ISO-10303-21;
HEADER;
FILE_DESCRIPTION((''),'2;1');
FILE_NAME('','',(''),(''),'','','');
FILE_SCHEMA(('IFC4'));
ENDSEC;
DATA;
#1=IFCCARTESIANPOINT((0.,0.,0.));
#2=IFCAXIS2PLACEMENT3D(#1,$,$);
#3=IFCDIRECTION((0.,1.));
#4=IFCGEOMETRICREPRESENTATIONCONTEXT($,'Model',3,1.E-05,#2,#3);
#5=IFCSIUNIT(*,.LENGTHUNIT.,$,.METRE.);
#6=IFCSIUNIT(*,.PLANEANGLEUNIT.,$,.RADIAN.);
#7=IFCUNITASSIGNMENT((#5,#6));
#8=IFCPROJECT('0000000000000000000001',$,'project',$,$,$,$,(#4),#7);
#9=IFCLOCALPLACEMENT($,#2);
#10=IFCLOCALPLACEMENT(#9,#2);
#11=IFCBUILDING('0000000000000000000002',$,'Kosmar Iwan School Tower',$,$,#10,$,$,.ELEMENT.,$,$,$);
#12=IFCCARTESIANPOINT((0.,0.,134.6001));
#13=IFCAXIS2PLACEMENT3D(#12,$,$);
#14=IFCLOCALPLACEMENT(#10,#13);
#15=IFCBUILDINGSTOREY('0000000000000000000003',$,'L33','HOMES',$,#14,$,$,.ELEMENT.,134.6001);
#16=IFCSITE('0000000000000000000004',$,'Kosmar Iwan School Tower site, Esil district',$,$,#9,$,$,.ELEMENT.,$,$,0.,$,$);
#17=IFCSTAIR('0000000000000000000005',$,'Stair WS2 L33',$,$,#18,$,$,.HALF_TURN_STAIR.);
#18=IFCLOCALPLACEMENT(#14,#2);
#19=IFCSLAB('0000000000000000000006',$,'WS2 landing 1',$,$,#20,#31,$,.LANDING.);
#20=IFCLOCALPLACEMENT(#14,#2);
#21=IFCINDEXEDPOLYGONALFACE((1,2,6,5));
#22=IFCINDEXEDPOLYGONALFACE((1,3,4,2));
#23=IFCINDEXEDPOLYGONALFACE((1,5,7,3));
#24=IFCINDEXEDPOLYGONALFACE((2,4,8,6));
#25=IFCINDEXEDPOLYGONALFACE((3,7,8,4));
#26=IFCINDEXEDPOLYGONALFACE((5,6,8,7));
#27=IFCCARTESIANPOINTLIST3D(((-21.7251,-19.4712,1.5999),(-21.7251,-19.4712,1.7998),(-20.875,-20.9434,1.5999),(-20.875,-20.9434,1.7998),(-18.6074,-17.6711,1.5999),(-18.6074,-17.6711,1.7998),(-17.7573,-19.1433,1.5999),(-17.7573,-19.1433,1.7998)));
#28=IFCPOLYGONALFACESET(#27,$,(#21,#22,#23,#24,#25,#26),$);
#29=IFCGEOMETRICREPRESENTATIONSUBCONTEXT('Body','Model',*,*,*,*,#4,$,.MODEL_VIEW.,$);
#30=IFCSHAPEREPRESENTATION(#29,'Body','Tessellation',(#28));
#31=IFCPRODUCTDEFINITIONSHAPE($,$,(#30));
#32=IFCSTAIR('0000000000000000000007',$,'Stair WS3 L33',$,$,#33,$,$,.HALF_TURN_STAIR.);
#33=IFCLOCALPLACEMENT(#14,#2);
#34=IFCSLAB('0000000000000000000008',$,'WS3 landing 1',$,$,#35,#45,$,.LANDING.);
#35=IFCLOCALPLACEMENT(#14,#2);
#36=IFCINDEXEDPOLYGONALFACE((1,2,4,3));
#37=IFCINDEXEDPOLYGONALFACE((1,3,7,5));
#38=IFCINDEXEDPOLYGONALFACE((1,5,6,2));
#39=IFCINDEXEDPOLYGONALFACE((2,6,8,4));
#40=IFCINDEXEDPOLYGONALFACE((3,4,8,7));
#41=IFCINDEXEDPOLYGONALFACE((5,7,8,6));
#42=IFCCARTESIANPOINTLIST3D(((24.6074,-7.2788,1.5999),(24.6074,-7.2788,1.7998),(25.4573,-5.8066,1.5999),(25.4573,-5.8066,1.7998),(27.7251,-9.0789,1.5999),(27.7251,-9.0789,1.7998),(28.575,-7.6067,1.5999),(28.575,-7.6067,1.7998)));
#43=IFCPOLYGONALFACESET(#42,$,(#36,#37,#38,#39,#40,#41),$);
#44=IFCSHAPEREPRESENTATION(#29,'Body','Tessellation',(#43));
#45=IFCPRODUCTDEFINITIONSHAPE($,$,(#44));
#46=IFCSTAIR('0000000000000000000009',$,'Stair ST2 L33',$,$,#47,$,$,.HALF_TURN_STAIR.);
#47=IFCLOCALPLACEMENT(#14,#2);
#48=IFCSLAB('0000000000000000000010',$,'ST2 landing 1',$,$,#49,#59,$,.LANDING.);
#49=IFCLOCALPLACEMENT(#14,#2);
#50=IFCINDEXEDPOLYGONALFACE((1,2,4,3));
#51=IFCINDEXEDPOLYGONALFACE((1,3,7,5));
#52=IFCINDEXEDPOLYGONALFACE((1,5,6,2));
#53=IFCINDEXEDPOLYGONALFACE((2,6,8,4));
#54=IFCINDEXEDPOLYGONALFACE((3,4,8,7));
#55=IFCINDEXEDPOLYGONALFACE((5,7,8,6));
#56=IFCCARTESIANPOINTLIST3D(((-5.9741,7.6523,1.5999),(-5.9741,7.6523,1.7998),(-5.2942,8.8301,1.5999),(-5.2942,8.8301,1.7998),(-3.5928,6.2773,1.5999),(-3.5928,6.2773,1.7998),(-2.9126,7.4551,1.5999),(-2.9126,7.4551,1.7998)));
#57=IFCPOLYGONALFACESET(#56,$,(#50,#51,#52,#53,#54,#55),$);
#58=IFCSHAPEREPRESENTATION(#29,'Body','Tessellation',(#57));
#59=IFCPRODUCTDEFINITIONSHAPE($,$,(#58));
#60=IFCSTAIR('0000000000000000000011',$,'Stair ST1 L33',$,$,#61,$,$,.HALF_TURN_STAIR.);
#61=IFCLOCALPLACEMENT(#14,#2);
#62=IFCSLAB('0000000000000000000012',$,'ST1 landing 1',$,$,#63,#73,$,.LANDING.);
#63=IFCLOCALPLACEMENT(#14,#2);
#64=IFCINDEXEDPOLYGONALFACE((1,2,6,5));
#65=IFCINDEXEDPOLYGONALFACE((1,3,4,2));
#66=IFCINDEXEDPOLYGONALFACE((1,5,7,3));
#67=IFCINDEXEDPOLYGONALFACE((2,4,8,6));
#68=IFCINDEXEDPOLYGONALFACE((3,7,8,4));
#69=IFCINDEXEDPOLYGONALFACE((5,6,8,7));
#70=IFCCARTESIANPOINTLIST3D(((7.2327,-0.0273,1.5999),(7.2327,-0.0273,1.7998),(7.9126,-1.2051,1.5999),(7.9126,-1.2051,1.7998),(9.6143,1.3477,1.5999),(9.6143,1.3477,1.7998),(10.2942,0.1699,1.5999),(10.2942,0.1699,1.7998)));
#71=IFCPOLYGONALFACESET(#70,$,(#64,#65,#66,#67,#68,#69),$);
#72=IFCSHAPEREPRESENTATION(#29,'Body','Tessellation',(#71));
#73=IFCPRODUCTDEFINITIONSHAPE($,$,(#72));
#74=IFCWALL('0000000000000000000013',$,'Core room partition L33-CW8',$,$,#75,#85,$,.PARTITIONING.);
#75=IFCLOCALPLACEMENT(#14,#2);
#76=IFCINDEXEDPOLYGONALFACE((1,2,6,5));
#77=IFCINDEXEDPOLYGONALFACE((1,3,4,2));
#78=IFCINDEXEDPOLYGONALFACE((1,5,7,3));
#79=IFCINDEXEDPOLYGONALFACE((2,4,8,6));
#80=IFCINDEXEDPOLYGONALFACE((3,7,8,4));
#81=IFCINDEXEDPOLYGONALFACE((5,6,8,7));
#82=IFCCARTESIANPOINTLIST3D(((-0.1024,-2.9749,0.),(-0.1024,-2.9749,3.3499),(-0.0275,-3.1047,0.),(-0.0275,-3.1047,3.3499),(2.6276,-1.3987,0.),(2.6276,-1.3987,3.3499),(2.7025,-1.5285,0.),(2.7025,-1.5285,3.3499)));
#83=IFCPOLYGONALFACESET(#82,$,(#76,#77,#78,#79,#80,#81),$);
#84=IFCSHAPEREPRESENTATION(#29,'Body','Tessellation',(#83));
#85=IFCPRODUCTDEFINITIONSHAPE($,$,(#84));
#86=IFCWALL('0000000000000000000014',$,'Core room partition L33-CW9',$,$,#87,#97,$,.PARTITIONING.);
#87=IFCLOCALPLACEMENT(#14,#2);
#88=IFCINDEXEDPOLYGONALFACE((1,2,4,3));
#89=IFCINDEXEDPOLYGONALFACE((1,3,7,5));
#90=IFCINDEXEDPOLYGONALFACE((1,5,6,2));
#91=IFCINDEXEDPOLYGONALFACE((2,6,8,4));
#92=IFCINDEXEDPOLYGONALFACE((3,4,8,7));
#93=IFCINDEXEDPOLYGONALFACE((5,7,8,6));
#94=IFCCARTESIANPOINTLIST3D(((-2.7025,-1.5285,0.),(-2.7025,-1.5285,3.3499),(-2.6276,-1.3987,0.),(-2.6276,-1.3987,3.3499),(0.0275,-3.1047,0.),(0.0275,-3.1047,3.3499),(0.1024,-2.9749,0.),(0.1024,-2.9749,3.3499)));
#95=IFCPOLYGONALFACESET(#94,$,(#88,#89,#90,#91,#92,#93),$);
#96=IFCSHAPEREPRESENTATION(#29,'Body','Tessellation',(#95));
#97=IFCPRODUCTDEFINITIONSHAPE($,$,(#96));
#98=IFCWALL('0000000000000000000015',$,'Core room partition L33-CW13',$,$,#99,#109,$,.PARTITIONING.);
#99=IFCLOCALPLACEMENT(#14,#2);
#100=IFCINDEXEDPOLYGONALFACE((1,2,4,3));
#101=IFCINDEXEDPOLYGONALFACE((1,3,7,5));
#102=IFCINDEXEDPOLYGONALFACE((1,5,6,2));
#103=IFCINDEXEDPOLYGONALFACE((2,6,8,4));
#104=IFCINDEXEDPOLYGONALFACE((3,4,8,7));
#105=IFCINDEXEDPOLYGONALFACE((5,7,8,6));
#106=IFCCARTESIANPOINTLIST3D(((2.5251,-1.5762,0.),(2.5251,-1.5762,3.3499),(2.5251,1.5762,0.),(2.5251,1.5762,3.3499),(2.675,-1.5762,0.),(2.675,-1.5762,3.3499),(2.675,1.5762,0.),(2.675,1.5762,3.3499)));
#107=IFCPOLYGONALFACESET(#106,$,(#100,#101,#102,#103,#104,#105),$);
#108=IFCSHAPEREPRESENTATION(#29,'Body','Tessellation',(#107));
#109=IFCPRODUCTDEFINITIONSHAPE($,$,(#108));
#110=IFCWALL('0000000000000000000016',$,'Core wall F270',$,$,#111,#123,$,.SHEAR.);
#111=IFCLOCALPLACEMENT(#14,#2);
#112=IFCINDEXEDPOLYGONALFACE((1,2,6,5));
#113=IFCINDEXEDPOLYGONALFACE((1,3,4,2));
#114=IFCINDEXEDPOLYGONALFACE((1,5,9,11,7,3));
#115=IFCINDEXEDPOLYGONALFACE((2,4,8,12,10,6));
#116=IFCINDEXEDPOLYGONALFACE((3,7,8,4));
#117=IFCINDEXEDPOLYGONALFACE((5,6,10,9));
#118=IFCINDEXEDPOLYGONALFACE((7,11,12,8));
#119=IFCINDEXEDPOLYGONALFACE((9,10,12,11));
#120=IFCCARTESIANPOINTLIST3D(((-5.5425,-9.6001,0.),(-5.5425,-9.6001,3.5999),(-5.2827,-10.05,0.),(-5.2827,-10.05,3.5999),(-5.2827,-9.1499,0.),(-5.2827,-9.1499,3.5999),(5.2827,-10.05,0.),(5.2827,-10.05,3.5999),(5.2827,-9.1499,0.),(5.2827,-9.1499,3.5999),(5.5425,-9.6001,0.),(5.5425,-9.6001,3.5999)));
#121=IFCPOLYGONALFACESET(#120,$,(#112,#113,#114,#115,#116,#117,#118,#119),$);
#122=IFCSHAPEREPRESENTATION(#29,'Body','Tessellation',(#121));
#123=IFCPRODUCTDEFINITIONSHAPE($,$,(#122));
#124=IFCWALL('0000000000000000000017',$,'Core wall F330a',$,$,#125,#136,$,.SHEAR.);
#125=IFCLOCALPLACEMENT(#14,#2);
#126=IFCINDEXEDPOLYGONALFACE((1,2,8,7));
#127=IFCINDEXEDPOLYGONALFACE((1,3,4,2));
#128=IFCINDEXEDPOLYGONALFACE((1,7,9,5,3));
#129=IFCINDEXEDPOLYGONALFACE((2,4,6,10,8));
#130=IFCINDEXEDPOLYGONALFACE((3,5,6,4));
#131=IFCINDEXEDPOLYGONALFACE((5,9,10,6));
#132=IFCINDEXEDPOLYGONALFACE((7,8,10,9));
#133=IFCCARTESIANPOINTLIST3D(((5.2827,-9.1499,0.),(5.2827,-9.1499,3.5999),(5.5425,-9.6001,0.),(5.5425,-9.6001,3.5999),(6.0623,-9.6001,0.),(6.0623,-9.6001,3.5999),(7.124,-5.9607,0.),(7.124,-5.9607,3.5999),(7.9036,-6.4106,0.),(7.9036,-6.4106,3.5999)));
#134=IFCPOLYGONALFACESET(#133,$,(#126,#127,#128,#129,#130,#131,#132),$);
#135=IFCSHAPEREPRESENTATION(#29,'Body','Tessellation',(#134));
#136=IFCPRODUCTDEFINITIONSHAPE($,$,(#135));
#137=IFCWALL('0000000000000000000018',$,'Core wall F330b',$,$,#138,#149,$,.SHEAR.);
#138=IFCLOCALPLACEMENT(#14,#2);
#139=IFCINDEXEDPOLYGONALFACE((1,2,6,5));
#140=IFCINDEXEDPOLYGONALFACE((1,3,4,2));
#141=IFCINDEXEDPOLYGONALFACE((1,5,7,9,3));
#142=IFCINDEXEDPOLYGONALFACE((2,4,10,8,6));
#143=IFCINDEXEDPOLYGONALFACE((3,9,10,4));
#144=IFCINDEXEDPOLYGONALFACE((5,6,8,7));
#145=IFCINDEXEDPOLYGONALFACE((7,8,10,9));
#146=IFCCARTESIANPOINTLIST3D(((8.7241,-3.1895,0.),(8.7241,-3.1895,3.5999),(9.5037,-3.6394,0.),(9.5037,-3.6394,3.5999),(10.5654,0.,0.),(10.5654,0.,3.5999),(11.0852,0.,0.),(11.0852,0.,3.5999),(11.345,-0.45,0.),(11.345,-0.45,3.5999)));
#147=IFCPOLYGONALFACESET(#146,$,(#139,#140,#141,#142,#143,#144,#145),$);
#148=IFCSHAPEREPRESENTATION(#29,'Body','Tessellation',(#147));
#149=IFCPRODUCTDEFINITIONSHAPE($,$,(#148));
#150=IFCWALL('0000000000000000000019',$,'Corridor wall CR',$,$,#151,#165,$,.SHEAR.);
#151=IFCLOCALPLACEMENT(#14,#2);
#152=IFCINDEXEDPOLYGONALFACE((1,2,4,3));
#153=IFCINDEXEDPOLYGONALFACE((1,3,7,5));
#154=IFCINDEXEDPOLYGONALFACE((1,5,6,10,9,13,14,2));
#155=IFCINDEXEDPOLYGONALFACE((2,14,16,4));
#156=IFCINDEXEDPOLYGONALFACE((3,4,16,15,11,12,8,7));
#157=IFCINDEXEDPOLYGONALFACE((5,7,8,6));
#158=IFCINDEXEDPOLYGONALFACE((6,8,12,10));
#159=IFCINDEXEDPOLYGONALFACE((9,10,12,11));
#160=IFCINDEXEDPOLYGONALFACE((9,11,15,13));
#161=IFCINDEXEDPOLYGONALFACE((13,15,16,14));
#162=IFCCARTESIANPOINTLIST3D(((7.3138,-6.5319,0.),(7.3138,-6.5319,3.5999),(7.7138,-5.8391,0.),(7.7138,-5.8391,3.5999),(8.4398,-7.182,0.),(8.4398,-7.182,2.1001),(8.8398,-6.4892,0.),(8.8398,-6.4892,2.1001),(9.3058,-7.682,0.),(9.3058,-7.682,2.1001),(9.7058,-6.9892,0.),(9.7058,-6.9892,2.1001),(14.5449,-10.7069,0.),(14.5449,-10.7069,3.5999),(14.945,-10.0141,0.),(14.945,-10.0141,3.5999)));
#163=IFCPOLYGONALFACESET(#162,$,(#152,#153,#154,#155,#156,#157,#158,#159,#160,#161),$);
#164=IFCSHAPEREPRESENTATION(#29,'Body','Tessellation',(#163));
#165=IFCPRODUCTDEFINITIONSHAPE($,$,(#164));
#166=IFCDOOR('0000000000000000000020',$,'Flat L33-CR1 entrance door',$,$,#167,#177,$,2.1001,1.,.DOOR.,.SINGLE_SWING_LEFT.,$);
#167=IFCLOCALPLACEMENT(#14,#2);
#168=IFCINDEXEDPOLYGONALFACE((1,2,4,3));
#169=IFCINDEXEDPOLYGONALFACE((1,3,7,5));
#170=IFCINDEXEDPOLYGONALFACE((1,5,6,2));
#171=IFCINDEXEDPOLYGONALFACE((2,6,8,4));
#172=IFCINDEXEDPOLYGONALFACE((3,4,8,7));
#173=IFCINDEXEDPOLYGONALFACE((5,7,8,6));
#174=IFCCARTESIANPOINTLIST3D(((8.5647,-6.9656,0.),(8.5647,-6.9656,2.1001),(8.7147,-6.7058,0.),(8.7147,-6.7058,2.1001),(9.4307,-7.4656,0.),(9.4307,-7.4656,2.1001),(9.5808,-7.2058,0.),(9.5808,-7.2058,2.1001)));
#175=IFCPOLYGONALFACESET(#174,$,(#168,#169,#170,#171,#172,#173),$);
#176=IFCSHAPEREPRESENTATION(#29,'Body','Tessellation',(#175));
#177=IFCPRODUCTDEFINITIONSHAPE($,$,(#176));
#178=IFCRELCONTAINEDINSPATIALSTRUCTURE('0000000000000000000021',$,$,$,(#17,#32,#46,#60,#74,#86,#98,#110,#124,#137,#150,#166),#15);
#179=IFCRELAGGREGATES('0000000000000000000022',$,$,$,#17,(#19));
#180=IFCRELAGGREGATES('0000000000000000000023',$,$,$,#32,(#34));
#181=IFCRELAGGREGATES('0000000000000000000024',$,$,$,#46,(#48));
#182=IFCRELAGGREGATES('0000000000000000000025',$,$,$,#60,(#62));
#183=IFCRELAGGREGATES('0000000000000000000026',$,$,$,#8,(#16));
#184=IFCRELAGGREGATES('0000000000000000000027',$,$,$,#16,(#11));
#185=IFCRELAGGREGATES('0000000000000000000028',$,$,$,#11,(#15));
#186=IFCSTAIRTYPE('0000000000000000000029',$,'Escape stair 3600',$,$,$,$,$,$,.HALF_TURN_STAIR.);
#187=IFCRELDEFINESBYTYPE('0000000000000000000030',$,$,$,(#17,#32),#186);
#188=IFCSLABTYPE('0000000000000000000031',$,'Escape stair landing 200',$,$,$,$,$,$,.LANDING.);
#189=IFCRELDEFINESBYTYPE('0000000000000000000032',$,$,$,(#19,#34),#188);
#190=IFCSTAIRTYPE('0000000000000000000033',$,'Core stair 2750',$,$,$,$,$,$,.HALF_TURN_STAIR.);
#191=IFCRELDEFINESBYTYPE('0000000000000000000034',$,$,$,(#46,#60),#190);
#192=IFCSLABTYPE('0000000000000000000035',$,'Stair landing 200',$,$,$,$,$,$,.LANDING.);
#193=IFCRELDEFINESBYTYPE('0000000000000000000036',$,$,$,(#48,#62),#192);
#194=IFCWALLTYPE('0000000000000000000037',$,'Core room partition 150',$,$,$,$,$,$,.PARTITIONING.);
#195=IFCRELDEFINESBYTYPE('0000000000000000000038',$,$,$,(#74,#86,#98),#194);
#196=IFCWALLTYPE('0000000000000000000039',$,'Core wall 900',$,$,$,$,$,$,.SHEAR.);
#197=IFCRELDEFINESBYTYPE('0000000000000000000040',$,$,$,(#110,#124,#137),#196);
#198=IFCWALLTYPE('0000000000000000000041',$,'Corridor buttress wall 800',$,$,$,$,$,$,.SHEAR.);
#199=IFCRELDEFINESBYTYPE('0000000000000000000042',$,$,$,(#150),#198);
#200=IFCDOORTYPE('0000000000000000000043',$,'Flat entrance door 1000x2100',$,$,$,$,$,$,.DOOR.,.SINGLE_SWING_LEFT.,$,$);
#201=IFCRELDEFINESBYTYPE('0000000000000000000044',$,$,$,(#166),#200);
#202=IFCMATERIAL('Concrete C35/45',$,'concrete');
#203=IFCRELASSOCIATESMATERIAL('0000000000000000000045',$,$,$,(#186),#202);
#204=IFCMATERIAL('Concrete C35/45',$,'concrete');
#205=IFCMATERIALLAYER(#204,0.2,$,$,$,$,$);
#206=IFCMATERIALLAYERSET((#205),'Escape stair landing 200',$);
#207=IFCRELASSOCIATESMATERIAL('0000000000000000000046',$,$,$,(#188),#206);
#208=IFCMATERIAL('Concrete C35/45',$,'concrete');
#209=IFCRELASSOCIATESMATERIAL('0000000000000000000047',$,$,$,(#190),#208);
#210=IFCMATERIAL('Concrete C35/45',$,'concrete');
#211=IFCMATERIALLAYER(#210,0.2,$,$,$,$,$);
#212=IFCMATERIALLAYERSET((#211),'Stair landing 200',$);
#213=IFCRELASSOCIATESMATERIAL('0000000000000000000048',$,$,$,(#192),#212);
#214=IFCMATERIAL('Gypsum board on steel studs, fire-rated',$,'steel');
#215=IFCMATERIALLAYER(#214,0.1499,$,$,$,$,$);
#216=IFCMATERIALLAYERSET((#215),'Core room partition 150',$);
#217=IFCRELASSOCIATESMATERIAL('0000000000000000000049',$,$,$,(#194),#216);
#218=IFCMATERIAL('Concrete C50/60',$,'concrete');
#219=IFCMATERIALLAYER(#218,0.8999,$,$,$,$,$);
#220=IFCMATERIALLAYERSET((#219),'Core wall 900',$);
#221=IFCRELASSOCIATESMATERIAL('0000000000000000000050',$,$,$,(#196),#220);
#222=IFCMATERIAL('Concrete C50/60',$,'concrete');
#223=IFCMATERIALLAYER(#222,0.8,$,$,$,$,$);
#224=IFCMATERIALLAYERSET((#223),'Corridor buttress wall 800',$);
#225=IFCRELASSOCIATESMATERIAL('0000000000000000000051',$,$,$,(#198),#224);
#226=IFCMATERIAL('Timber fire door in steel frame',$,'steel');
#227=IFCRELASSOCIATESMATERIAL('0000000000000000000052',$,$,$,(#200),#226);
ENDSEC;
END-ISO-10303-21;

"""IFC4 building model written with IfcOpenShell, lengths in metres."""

from ifc_helpers import new_model, si_unit, direction, frame, frame_2d, origin, place, context, subcontext, project, spatial, polyline, rectangle, outline, extrude, material, layer, layer_set, type_object, element, fill, aggregate, save


model = new_model("IFC4")

# Units and contexts
model_context = context("Model", 3, precision=1e-05, world=origin(), true_north=direction((0.0, 1.0)))
body_context = subcontext(model_context, "Body", "Model", "MODEL_VIEW")
ifc_project = project(units=[si_unit("LENGTHUNIT", "METRE"), si_unit("PLANEANGLEUNIT", "RADIAN")], contexts=[model_context])

# Site, building, storey
site_placement = place(None, origin())
site = spatial("IfcSite", under=ifc_project, at=site_placement, Name="Kosmar Iwan School Tower site, Esil district", CompositionType="ELEMENT", RefElevation=0.0)
building_placement = place(site_placement, origin())
building = spatial("IfcBuilding", under=site, at=building_placement, Name="Kosmar Iwan School Tower", CompositionType="ELEMENT")
storey_placement = place(building_placement, frame((0.0, 0.0, 134.6001)))
storey = spatial("IfcBuildingStorey", under=building, at=storey_placement, Name="L33", Description="HOMES", CompositionType="ELEMENT", Elevation=134.6001)

# Stairs, slabs
ifc_material_1 = material(Name="Concrete C35/45", Category="concrete")
stair_type_1 = type_object("IfcStairType", Name="Escape stair 3600", PredefinedType="HALF_TURN_STAIR", material=ifc_material_1)
stair_1_placement = place(storey_placement, origin())
stair_1 = element("IfcStair", 1, at=stair_1_placement, inside=storey, type_object=stair_type_1, Name="Stair WS2 L33", PredefinedType="HALF_TURN_STAIR")
ifc_material_2 = material(Name="Concrete C35/45", Category="concrete")
ifc_layer_1 = layer(ifc_material_2, 0.2)
ifc_layer_set_1 = layer_set([ifc_layer_1], Name="Escape stair landing 200")
slab_type_1 = type_object("IfcSlabType", Name="Escape stair landing 200", PredefinedType="LANDING", material=ifc_layer_set_1)
slab_1_placement = place(storey_placement, frame((0.0, 0.0, 1.5999)))
slab_1 = element("IfcSlab", 2, at=slab_1_placement, type_object=slab_type_1, Name="WS2 landing 1", PredefinedType="LANDING", context=body_context, shape_type="SweptSolid", body=[
    extrude(outline(polyline([(-18.6074, -17.6711), (-21.7251, -19.4712), (-20.875, -20.9434), (-17.7573, -19.1433), (-18.6074, -17.6711)])), origin(), (0.0, 0.0, 1.0), 0.2),
])
aggregate(stair_1, [slab_1])
stair_2_placement = place(storey_placement, origin())
stair_2 = element("IfcStair", 3, at=stair_2_placement, inside=storey, type_object=stair_type_1, Name="Stair WS3 L33", PredefinedType="HALF_TURN_STAIR")
slab_2_placement = place(storey_placement, frame((0.0, 0.0, 1.5999)))
slab_2 = element("IfcSlab", 4, at=slab_2_placement, type_object=slab_type_1, Name="WS3 landing 1", PredefinedType="LANDING", context=body_context, shape_type="SweptSolid", body=[
    extrude(outline(polyline([(24.6074, -7.2788), (27.7251, -9.0789), (28.575, -7.6067), (25.4573, -5.8066), (24.6074, -7.2788)])), origin(), (0.0, 0.0, 1.0), 0.2),
])
aggregate(stair_2, [slab_2])
ifc_material_3 = material(Name="Concrete C35/45", Category="concrete")
stair_type_2 = type_object("IfcStairType", Name="Core stair 2750", PredefinedType="HALF_TURN_STAIR", material=ifc_material_3)
stair_3_placement = place(storey_placement, origin())
stair_3 = element("IfcStair", 5, at=stair_3_placement, inside=storey, type_object=stair_type_2, Name="Stair ST2 L33", PredefinedType="HALF_TURN_STAIR")
ifc_material_4 = material(Name="Concrete C35/45", Category="concrete")
ifc_layer_2 = layer(ifc_material_4, 0.2)
ifc_layer_set_2 = layer_set([ifc_layer_2], Name="Stair landing 200")
slab_type_2 = type_object("IfcSlabType", Name="Stair landing 200", PredefinedType="LANDING", material=ifc_layer_set_2)
slab_3_placement = place(storey_placement, frame((0.0, 0.0, 1.5999)))
slab_3 = element("IfcSlab", 6, at=slab_3_placement, type_object=slab_type_2, Name="ST2 landing 1", PredefinedType="LANDING", context=body_context, shape_type="SweptSolid", body=[
    extrude(outline(polyline([(-2.9126, 7.4551), (-5.2942, 8.8301), (-5.9741, 7.6523), (-3.5928, 6.2773), (-2.9126, 7.4551)])), origin(), (0.0, 0.0, 1.0), 0.2),
])
aggregate(stair_3, [slab_3])
stair_4_placement = place(storey_placement, origin())
stair_4 = element("IfcStair", 7, at=stair_4_placement, inside=storey, type_object=stair_type_2, Name="Stair ST1 L33", PredefinedType="HALF_TURN_STAIR")
slab_4_placement = place(storey_placement, frame((0.0, 0.0, 1.5999)))
slab_4 = element("IfcSlab", 8, at=slab_4_placement, type_object=slab_type_2, Name="ST1 landing 1", PredefinedType="LANDING", context=body_context, shape_type="SweptSolid", body=[
    extrude(outline(polyline([(7.9126, -1.2051), (10.2942, 0.1699), (9.6143, 1.3477), (7.2327, -0.0273), (7.9126, -1.2051)])), origin(), (0.0, 0.0, 1.0), 0.2),
])

# Walls
ifc_material_5 = material(Name="Gypsum board on steel studs, fire-rated", Category="steel")
ifc_layer_3 = layer(ifc_material_5, 0.1499)
ifc_layer_set_3 = layer_set([ifc_layer_3], Name="Core room partition 150")
wall_type_1 = type_object("IfcWallType", Name="Core room partition 150", PredefinedType="PARTITIONING", material=ifc_layer_set_3)
for number, where, z_axis, x_axis, name in (
    (9, (2.665, -1.4636, 0.0), (0.0, 0.0, 1.0), (-0.866023, -0.500004, 0.0), "Core room partition L33-CW8"),
    (10, (0.0649, -3.0398, 0.0), (0.0, 0.0, 1.0), (-0.866023, 0.500004, 0.0), "Core room partition L33-CW9"),
    (11, (2.6001, 1.5762, 0.0), (0.0, 0.0, 1.0), (0.0, -1.0, 0.0), "Core room partition L33-CW13"),
):
    element("IfcWall", number, at=place(storey_placement, frame(where, z_axis=z_axis, x_axis=x_axis)), inside=storey, type_object=wall_type_1, Name=name, PredefinedType="PARTITIONING", context=body_context, shape_type="SweptSolid", body=[
        extrude(rectangle(XDim=3.1523, YDim=0.1499, at=frame_2d((1.5762, 0.0))), origin(), (0.0, 0.0, 1.0), 3.3499),
    ])
ifc_material_6 = material(Name="Concrete C50/60", Category="concrete")
ifc_layer_4 = layer(ifc_material_6, 0.8999)
ifc_layer_set_4 = layer_set([ifc_layer_4], Name="Core wall 900")
wall_type_2 = type_object("IfcWallType", Name="Core wall 900", PredefinedType="SHEAR", material=ifc_layer_set_4)
wall_1_placement = place(storey_placement, origin())
element("IfcWall", 12, at=wall_1_placement, inside=storey, type_object=wall_type_2, Name="Core wall F270", PredefinedType="SHEAR", context=body_context, shape_type="SweptSolid", body=[
    extrude(outline(polyline([(-5.2827, -10.05), (5.2827, -10.05), (5.5425, -9.6001), (5.2827, -9.1499), (-5.2827, -9.1499), (-5.5425, -9.6001), (-5.2827, -10.05)])), origin(), (0.0, 0.0, 1.0), 3.5999),
])
wall_2_placement = place(storey_placement, origin())
element("IfcWall", 13, at=wall_2_placement, inside=storey, type_object=wall_type_2, Name="Core wall F330a", PredefinedType="SHEAR", context=body_context, shape_type="SweptSolid", body=[
    extrude(outline(polyline([(5.5425, -9.6001), (6.0623, -9.6001), (7.9036, -6.4106), (7.124, -5.9607), (5.2827, -9.1499), (5.5425, -9.6001)])), origin(), (0.0, 0.0, 1.0), 3.5999),
])
wall_3_placement = place(storey_placement, origin())
element("IfcWall", 14, at=wall_3_placement, inside=storey, type_object=wall_type_2, Name="Core wall F330b", PredefinedType="SHEAR", context=body_context, shape_type="SweptSolid", body=[
    extrude(outline(polyline([(9.5037, -3.6394), (11.345, -0.45), (11.0852, 0.0), (10.5654, 0.0), (8.7241, -3.1895), (9.5037, -3.6394)])), origin(), (0.0, 0.0, 1.0), 3.5999),
])

# Wall, opening, door
ifc_material_7 = material(Name="Concrete C50/60", Category="concrete")
ifc_layer_5 = layer(ifc_material_7, 0.8)
ifc_layer_set_5 = layer_set([ifc_layer_5], Name="Corridor buttress wall 800")
wall_type_3 = type_object("IfcWallType", Name="Corridor buttress wall 800", PredefinedType="SHEAR", material=ifc_layer_set_5)
wall_4_placement = place(storey_placement, frame((7.5139, -6.1855, 0.0), z_axis=(0.0, 0.0, 1.0), x_axis=(0.86602, -0.50001, 0.0)))
wall_4 = element("IfcWall", 15, at=wall_4_placement, inside=storey, type_object=wall_type_3, Name="Corridor wall CR", PredefinedType="SHEAR", context=body_context, shape_type="SweptSolid", body=[
    extrude(rectangle(XDim=8.3499, YDim=0.8, at=frame_2d((4.1748, 0.0))), origin(), (0.0, 0.0, 1.0), 3.5999),
])
opening_1_placement = place(wall_4_placement, frame((1.3, 0.0, 0.0)))
opening_1 = element("IfcOpeningElement", 16, at=opening_1_placement, cuts=wall_4, PredefinedType="OPENING", context=body_context, shape_type="SweptSolid", body=[
    extrude(rectangle(XDim=1.0, YDim=2.1001, at=frame_2d((0.5, 1.05))), frame((0.0, 0.4121, 0.0), z_axis=(0.0, -1.0, 0.0), x_axis=(1.0, 0.0, 0.0)), (0.0, 0.0, 1.0), 0.824),
])
ifc_material_8 = material(Name="Timber fire door in steel frame", Category="steel")
door_type_1 = type_object("IfcDoorType", Name="Flat entrance door 1000x2100", OperationType="SINGLE_SWING_LEFT", PredefinedType="DOOR", material=ifc_material_8)
door_1_placement = place(opening_1_placement, origin())
door_1 = element("IfcDoor", 17, at=door_1_placement, inside=storey, type_object=door_type_1, Name="Flat L33-CR1 entrance door", OperationType="SINGLE_SWING_LEFT", OverallHeight=2.1001, OverallWidth=1.0, PredefinedType="DOOR", context=body_context, shape_type="SweptSolid", body=[
    extrude(rectangle(XDim=1.0, YDim=2.1001, at=frame_2d((0.5, 1.05))), frame((0.0, 0.1499, 0.0), z_axis=(0.0, -1.0, 0.0), x_axis=(1.0, 0.0, 0.0)), (0.0, 0.0, 1.0), 0.3),
])
fill(opening_1, door_1)

aggregate(stair_4, [slab_4])

save(model, "model.ifc")
